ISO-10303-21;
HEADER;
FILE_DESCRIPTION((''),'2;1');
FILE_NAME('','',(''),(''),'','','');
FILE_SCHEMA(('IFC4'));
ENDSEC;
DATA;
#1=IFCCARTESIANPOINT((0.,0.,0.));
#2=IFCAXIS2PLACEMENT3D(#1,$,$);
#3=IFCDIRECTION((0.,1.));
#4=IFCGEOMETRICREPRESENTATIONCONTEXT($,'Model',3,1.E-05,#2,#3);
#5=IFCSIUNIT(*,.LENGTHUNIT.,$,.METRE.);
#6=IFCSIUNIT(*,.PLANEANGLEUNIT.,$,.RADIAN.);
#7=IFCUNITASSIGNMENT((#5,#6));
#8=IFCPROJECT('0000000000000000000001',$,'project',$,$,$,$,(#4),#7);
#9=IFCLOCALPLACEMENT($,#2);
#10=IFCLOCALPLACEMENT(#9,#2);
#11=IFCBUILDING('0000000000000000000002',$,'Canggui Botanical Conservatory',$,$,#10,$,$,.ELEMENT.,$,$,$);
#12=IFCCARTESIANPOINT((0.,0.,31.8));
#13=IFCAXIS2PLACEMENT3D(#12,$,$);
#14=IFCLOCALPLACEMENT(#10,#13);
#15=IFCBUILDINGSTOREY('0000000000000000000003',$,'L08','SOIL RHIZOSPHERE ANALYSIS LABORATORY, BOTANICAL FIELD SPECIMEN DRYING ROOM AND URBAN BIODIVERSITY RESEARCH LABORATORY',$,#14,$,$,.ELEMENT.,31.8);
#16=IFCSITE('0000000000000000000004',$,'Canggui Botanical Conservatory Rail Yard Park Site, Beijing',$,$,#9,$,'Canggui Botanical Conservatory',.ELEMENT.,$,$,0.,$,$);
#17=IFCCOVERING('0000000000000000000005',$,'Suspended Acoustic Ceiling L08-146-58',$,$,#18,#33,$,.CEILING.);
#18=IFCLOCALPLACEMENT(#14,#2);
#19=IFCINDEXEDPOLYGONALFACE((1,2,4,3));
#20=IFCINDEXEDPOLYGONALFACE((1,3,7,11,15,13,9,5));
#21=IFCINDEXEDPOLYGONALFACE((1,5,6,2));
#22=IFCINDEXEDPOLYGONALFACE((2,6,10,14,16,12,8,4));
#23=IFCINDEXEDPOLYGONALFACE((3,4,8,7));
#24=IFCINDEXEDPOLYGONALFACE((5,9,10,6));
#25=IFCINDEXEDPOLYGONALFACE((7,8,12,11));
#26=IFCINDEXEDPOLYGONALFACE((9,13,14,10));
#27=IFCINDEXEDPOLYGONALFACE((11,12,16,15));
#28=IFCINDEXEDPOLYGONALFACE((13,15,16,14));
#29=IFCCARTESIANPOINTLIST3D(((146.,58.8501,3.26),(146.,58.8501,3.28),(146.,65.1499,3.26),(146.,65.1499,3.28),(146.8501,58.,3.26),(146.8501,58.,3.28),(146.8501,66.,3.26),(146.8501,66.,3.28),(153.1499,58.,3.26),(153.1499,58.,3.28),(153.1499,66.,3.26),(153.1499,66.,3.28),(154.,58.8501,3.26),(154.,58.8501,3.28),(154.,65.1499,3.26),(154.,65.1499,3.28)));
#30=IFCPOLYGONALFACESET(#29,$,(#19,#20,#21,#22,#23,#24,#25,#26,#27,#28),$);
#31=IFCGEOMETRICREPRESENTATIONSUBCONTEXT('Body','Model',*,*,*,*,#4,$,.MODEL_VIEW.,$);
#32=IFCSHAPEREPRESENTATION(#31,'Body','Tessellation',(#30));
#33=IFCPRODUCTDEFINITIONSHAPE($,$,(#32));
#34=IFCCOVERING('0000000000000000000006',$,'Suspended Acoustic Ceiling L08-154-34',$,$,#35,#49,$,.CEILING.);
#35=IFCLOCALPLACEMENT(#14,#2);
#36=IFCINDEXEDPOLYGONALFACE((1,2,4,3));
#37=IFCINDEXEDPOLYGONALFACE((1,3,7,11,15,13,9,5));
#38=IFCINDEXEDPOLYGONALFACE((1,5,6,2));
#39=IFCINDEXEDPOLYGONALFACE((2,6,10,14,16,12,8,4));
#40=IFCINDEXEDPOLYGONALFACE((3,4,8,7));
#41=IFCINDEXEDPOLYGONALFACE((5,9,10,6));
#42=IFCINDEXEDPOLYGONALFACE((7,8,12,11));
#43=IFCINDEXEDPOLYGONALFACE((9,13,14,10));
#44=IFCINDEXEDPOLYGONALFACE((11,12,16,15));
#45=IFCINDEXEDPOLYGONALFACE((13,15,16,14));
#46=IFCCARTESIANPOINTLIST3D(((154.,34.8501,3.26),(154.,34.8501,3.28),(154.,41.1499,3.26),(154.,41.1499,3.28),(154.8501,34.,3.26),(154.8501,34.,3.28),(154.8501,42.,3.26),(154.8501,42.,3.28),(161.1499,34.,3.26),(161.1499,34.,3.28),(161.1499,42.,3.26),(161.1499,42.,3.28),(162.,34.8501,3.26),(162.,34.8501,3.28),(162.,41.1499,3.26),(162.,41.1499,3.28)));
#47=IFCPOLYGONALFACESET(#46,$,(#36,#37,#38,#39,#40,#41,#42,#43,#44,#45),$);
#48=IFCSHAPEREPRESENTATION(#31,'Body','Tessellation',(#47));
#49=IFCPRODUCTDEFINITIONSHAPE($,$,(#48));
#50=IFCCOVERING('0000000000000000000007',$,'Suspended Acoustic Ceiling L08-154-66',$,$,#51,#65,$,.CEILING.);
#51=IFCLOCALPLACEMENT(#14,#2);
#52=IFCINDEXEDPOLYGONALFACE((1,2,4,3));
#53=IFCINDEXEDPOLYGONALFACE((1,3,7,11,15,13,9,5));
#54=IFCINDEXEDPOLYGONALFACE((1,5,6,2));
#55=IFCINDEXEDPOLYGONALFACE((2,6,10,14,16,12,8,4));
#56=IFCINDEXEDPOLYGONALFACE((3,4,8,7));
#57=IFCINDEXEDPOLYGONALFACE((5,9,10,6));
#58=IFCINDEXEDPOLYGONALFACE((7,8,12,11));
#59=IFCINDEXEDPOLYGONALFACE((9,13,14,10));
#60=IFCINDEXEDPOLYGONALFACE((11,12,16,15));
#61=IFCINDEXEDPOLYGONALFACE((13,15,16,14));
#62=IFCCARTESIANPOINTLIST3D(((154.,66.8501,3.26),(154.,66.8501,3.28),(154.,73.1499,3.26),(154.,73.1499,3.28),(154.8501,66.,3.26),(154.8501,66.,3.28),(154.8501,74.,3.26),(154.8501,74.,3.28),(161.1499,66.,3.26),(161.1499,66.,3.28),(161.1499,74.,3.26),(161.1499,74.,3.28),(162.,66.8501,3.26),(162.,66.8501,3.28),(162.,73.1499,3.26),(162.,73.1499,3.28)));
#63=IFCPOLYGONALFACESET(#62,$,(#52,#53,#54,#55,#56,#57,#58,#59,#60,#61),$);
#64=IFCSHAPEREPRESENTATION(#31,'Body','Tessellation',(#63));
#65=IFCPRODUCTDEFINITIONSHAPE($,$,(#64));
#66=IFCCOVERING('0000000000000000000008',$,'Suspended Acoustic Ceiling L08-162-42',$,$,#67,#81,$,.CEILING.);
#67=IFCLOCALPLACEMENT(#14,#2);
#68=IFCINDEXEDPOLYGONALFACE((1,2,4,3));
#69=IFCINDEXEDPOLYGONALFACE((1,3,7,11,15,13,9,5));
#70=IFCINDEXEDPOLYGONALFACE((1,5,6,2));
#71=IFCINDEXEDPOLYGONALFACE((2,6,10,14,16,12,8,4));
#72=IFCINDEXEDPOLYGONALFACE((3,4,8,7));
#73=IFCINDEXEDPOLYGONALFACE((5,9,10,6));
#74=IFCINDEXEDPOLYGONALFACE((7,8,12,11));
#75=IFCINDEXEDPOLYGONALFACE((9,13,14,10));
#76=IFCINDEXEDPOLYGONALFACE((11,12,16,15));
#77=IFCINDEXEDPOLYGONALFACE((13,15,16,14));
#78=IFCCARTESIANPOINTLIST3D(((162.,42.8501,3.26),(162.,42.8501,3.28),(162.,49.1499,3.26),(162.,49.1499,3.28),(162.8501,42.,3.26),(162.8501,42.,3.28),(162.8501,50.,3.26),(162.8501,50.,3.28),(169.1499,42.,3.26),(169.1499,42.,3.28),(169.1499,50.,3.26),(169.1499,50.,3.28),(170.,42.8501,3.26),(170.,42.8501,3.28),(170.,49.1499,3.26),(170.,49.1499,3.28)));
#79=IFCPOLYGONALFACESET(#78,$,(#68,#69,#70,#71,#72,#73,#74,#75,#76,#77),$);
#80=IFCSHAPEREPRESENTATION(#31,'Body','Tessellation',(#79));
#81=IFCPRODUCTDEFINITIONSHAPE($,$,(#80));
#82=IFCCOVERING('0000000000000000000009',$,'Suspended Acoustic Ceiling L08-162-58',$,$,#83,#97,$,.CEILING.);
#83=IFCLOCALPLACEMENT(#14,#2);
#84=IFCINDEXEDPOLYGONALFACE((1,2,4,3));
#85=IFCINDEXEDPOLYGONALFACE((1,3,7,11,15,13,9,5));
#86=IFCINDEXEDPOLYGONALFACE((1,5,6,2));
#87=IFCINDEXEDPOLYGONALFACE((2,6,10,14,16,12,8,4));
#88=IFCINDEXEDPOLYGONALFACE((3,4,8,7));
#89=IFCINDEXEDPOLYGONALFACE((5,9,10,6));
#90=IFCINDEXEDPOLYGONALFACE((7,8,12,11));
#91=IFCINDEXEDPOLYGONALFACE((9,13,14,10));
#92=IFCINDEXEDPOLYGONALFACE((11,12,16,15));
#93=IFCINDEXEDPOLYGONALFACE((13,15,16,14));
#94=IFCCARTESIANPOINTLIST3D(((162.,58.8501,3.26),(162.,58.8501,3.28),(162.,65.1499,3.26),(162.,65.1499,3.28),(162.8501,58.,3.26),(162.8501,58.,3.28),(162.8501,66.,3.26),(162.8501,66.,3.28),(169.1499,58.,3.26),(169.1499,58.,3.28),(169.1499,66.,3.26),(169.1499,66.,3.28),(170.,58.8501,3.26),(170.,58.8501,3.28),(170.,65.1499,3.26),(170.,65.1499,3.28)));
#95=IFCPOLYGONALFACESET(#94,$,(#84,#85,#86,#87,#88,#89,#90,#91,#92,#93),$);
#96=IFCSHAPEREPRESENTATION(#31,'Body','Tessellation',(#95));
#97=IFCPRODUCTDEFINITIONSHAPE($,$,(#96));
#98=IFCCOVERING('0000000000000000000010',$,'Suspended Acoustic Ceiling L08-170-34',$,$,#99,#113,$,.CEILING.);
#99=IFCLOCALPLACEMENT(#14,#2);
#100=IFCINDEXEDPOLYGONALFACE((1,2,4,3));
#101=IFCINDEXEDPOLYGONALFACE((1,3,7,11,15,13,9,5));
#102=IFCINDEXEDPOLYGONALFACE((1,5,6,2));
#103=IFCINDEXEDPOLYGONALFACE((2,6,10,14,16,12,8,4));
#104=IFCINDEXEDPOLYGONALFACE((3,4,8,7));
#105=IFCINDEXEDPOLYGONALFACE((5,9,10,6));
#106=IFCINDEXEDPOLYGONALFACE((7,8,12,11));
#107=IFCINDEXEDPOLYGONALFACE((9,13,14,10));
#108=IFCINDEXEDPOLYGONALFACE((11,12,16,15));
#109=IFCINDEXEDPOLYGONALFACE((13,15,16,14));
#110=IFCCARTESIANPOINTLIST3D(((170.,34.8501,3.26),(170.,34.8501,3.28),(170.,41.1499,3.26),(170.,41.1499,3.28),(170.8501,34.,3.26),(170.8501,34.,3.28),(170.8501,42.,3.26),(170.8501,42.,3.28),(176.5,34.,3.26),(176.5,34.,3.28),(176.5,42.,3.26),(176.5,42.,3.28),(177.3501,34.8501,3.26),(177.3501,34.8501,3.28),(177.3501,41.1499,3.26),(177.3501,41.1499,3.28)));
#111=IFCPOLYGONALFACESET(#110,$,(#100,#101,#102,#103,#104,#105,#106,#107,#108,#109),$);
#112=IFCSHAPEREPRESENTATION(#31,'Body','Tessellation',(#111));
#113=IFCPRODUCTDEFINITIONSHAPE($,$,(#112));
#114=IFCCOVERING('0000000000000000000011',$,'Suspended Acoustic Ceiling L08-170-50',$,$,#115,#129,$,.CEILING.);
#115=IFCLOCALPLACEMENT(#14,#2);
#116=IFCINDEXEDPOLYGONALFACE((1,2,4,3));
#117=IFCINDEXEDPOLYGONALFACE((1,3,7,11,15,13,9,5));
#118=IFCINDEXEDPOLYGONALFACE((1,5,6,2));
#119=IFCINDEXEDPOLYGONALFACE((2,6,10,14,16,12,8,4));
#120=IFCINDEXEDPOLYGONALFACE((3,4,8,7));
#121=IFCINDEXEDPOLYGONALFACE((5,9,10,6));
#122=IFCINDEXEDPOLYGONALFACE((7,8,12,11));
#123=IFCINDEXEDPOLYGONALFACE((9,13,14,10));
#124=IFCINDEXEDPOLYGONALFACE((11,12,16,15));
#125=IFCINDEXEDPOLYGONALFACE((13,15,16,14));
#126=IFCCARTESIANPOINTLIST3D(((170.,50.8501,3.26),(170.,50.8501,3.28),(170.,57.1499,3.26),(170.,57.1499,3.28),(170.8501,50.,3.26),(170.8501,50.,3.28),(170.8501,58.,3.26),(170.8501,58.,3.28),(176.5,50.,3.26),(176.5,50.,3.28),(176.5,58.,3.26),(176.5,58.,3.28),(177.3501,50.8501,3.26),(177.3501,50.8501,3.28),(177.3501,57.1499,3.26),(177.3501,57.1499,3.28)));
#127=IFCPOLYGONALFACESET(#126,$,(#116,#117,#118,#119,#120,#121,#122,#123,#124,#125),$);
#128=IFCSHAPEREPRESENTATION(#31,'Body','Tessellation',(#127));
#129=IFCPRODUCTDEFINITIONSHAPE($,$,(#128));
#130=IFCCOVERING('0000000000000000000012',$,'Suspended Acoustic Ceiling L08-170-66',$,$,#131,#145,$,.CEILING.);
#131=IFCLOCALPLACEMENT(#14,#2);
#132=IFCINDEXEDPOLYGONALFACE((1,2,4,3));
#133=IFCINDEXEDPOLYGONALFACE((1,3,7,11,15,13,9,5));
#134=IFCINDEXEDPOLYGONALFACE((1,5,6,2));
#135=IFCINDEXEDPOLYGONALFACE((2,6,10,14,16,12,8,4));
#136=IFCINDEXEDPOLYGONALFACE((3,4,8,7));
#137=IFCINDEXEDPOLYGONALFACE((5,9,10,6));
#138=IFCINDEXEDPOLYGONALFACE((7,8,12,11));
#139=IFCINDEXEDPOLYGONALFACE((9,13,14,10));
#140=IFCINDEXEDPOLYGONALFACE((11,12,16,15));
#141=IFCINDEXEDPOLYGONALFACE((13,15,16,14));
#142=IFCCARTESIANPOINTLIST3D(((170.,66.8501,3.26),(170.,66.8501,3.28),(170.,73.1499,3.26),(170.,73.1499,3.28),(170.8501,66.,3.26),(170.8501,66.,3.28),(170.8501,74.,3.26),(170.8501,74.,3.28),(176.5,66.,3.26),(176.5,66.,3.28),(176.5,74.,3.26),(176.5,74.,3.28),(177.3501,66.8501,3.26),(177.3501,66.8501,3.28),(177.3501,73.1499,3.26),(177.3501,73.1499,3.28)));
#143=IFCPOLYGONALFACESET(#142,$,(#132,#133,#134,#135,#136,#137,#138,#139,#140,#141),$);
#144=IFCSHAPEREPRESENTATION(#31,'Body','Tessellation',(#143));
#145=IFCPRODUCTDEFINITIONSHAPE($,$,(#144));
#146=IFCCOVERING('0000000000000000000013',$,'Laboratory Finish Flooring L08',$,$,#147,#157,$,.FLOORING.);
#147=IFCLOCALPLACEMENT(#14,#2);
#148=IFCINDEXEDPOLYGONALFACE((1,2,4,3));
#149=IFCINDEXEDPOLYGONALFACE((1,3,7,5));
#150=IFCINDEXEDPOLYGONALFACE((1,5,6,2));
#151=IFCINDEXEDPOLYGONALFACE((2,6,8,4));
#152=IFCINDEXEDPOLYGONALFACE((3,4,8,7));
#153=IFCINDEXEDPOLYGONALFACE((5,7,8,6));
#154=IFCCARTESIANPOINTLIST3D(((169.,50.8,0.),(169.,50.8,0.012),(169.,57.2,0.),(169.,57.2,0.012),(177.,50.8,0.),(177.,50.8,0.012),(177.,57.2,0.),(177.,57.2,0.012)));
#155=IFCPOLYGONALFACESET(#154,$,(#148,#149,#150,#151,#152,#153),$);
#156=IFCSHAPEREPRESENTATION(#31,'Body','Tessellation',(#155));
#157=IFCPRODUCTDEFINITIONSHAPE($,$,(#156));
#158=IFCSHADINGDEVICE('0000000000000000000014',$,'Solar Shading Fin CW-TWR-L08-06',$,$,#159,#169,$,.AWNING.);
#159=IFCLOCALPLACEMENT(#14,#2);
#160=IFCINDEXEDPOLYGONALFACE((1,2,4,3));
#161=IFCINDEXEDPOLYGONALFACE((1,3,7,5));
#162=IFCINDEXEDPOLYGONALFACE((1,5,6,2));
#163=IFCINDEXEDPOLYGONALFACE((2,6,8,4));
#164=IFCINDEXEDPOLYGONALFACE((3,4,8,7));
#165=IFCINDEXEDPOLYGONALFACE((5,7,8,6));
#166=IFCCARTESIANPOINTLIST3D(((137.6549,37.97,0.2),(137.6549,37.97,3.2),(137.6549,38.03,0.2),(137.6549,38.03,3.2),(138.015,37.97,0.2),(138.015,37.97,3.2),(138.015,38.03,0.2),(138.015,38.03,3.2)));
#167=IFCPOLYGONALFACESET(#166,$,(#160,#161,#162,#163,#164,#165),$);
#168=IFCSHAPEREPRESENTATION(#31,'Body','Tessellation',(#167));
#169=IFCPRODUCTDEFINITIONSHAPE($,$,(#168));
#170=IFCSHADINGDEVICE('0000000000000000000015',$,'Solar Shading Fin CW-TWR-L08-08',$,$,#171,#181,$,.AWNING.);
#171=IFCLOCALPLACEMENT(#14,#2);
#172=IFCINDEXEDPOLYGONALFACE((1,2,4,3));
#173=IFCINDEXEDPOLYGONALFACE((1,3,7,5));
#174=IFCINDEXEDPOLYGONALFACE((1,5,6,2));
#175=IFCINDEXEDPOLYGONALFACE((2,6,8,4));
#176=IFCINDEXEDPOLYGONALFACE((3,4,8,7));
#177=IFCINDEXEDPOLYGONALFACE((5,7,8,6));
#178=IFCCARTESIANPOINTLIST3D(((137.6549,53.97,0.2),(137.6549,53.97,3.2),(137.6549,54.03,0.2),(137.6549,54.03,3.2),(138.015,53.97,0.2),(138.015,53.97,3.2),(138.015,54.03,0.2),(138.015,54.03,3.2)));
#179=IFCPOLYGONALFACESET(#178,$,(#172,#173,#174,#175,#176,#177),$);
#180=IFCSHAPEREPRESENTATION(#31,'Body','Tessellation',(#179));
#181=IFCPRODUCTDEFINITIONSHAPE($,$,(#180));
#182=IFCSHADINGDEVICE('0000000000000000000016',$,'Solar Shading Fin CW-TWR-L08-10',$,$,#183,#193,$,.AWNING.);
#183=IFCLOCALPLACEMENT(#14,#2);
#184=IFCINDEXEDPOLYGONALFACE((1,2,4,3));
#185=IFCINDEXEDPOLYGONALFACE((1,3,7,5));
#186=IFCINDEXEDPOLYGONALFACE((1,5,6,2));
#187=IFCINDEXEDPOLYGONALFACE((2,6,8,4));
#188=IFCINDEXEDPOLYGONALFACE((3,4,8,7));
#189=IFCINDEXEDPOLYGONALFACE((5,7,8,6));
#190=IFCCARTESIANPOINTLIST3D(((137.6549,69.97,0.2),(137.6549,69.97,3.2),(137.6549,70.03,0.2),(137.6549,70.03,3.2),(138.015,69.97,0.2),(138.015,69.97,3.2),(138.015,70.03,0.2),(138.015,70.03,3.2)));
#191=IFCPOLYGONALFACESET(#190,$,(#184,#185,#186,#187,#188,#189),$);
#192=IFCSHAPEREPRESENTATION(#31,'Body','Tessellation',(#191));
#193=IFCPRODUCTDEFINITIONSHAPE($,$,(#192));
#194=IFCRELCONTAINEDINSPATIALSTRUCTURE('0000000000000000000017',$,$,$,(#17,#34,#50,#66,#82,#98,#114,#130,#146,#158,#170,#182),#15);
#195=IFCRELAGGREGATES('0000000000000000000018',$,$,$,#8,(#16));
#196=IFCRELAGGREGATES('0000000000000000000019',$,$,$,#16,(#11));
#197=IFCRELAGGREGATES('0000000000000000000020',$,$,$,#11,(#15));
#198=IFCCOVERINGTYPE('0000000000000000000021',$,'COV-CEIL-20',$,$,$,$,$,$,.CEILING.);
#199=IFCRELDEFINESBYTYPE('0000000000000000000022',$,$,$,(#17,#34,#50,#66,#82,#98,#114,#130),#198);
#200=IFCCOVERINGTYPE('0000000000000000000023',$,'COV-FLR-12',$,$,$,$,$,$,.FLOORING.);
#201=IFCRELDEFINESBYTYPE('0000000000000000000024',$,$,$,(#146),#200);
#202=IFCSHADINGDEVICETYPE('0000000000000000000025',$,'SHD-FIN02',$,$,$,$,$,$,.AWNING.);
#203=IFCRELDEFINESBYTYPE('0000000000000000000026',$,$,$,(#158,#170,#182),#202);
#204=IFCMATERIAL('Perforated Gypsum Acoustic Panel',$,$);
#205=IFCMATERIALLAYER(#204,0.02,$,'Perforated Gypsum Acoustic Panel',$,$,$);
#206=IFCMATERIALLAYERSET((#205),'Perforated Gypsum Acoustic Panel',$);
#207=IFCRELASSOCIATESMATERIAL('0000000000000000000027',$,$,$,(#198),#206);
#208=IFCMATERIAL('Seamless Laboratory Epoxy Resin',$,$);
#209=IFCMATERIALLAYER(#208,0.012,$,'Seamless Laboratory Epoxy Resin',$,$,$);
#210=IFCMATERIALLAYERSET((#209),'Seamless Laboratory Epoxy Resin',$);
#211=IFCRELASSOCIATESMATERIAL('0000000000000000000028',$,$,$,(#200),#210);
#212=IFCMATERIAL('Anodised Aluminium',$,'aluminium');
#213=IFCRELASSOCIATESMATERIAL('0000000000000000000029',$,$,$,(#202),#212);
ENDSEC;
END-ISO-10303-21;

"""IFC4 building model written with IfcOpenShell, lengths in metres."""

from ifc_helpers import new_model, si_unit, direction, frame, origin, origin_2d, place, context, subcontext, project, spatial, polyline, rectangle, outline, extrude, material, layer, layer_set, type_object, element, save


model = new_model("IFC4")

# Units and contexts
model_context = context("Model", 3, precision=1e-05, world=origin(), true_north=direction((0.0, 1.0)))
body_context = subcontext(model_context, "Body", "Model", "MODEL_VIEW")
ifc_project = project(units=[si_unit("LENGTHUNIT", "METRE"), si_unit("PLANEANGLEUNIT", "RADIAN")], contexts=[model_context])

# Site, building, storey
site_placement = place(None, origin())
site = spatial("IfcSite", under=ifc_project, at=site_placement, Name="Canggui Botanical Conservatory Rail Yard Park Site, Beijing", LongName="Canggui Botanical Conservatory", CompositionType="ELEMENT", RefElevation=0.0)
building_placement = place(site_placement, origin())
building = spatial("IfcBuilding", under=site, at=building_placement, Name="Canggui Botanical Conservatory", CompositionType="ELEMENT")
storey_placement = place(building_placement, frame((0.0, 0.0, 31.8)))
storey = spatial("IfcBuildingStorey", under=building, at=storey_placement, Name="L08", Description="SOIL RHIZOSPHERE ANALYSIS LABORATORY, BOTANICAL FIELD SPECIMEN DRYING ROOM AND URBAN BIODIVERSITY RESEARCH LABORATORY", CompositionType="ELEMENT", Elevation=31.8)

# Coverings
ifc_material_1 = material(Name="Perforated Gypsum Acoustic Panel")
ifc_layer_1 = layer(ifc_material_1, 0.02, Name="Perforated Gypsum Acoustic Panel")
ifc_layer_set_1 = layer_set([ifc_layer_1], Name="Perforated Gypsum Acoustic Panel")
covering_type_1 = type_object("IfcCoveringType", Name="COV-CEIL-20", PredefinedType="CEILING", material=ifc_layer_set_1)
covering_1_placement = place(storey_placement, frame((0.0, 0.0, 3.26)))
element("IfcCovering", 1, at=covering_1_placement, inside=storey, type_object=covering_type_1, Name="Suspended Acoustic Ceiling L08-146-58", PredefinedType="CEILING", context=body_context, shape_type="SweptSolid", body=[
    extrude(outline(polyline([(146.8501, 58.0), (153.1499, 58.0), (154.0, 58.8501), (154.0, 65.1499), (153.1499, 66.0), (146.8501, 66.0), (146.0, 65.1499), (146.0, 58.8501), (146.8501, 58.0)])), origin(), (0.0, 0.0, 1.0), 0.02),
])
covering_2_placement = place(storey_placement, frame((0.0, 0.0, 3.26)))
element("IfcCovering", 2, at=covering_2_placement, inside=storey, type_object=covering_type_1, Name="Suspended Acoustic Ceiling L08-154-34", PredefinedType="CEILING", context=body_context, shape_type="SweptSolid", body=[
    extrude(outline(polyline([(154.8501, 34.0), (161.1499, 34.0), (162.0, 34.8501), (162.0, 41.1499), (161.1499, 42.0), (154.8501, 42.0), (154.0, 41.1499), (154.0, 34.8501), (154.8501, 34.0)])), origin(), (0.0, 0.0, 1.0), 0.02),
])
covering_3_placement = place(storey_placement, frame((0.0, 0.0, 3.26)))
element("IfcCovering", 3, at=covering_3_placement, inside=storey, type_object=covering_type_1, Name="Suspended Acoustic Ceiling L08-154-66", PredefinedType="CEILING", context=body_context, shape_type="SweptSolid", body=[
    extrude(outline(polyline([(154.8501, 66.0), (161.1499, 66.0), (162.0, 66.8501), (162.0, 73.1499), (161.1499, 74.0), (154.8501, 74.0), (154.0, 73.1499), (154.0, 66.8501), (154.8501, 66.0)])), origin(), (0.0, 0.0, 1.0), 0.02),
])
covering_4_placement = place(storey_placement, frame((0.0, 0.0, 3.26)))
element("IfcCovering", 4, at=covering_4_placement, inside=storey, type_object=covering_type_1, Name="Suspended Acoustic Ceiling L08-162-42", PredefinedType="CEILING", context=body_context, shape_type="SweptSolid", body=[
    extrude(outline(polyline([(162.8501, 42.0), (169.1499, 42.0), (170.0, 42.8501), (170.0, 49.1499), (169.1499, 50.0), (162.8501, 50.0), (162.0, 49.1499), (162.0, 42.8501), (162.8501, 42.0)])), origin(), (0.0, 0.0, 1.0), 0.02),
])
covering_5_placement = place(storey_placement, frame((0.0, 0.0, 3.26)))
element("IfcCovering", 5, at=covering_5_placement, inside=storey, type_object=covering_type_1, Name="Suspended Acoustic Ceiling L08-162-58", PredefinedType="CEILING", context=body_context, shape_type="SweptSolid", body=[
    extrude(outline(polyline([(162.8501, 58.0), (169.1499, 58.0), (170.0, 58.8501), (170.0, 65.1499), (169.1499, 66.0), (162.8501, 66.0), (162.0, 65.1499), (162.0, 58.8501), (162.8501, 58.0)])), origin(), (0.0, 0.0, 1.0), 0.02),
])
covering_6_placement = place(storey_placement, frame((0.0, 0.0, 3.26)))
element("IfcCovering", 6, at=covering_6_placement, inside=storey, type_object=covering_type_1, Name="Suspended Acoustic Ceiling L08-170-34", PredefinedType="CEILING", context=body_context, shape_type="SweptSolid", body=[
    extrude(outline(polyline([(170.8501, 34.0), (176.5, 34.0), (177.3501, 34.8501), (177.3501, 41.1499), (176.5, 42.0), (170.8501, 42.0), (170.0, 41.1499), (170.0, 34.8501), (170.8501, 34.0)])), origin(), (0.0, 0.0, 1.0), 0.02),
])
covering_7_placement = place(storey_placement, frame((0.0, 0.0, 3.26)))
element("IfcCovering", 7, at=covering_7_placement, inside=storey, type_object=covering_type_1, Name="Suspended Acoustic Ceiling L08-170-50", PredefinedType="CEILING", context=body_context, shape_type="SweptSolid", body=[
    extrude(outline(polyline([(170.8501, 50.0), (176.5, 50.0), (177.3501, 50.8501), (177.3501, 57.1499), (176.5, 58.0), (170.8501, 58.0), (170.0, 57.1499), (170.0, 50.8501), (170.8501, 50.0)])), origin(), (0.0, 0.0, 1.0), 0.02),
])
covering_8_placement = place(storey_placement, frame((0.0, 0.0, 3.26)))
element("IfcCovering", 8, at=covering_8_placement, inside=storey, type_object=covering_type_1, Name="Suspended Acoustic Ceiling L08-170-66", PredefinedType="CEILING", context=body_context, shape_type="SweptSolid", body=[
    extrude(outline(polyline([(170.8501, 66.0), (176.5, 66.0), (177.3501, 66.8501), (177.3501, 73.1499), (176.5, 74.0), (170.8501, 74.0), (170.0, 73.1499), (170.0, 66.8501), (170.8501, 66.0)])), origin(), (0.0, 0.0, 1.0), 0.02),
])
ifc_material_2 = material(Name="Seamless Laboratory Epoxy Resin")
ifc_layer_2 = layer(ifc_material_2, 0.012, Name="Seamless Laboratory Epoxy Resin")
ifc_layer_set_2 = layer_set([ifc_layer_2], Name="Seamless Laboratory Epoxy Resin")
covering_type_2 = type_object("IfcCoveringType", Name="COV-FLR-12", PredefinedType="FLOORING", material=ifc_layer_set_2)
covering_9_placement = place(storey_placement, origin())
element("IfcCovering", 9, at=covering_9_placement, inside=storey, type_object=covering_type_2, Name="Laboratory Finish Flooring L08", PredefinedType="FLOORING", context=body_context, shape_type="SweptSolid", body=[
    extrude(outline(polyline([(169.0, 50.8), (177.0, 50.8), (177.0, 57.2), (169.0, 57.2), (169.0, 50.8)])), origin(), (0.0, 0.0, 1.0), 0.012),
])

# Shading devices
ifc_material_3 = material(Name="Anodised Aluminium", Category="aluminium")
shading_device_type = type_object("IfcShadingDeviceType", Name="SHD-FIN02", PredefinedType="AWNING", material=ifc_material_3)
for number, where, z_axis, x_axis, name in (
    (10, (137.835, 38.0, 0.2), (0.0, 0.0, 1.0), (0.0, 1.0, 0.0), "Solar Shading Fin CW-TWR-L08-06"),
    (11, (137.835, 54.0, 0.2), (0.0, 0.0, 1.0), (0.0, 1.0, 0.0), "Solar Shading Fin CW-TWR-L08-08"),
    (12, (137.835, 70.0, 0.2), (0.0, 0.0, 1.0), (0.0, 1.0, 0.0), "Solar Shading Fin CW-TWR-L08-10"),
):
    element("IfcShadingDevice", number, at=place(storey_placement, frame(where, z_axis=z_axis, x_axis=x_axis)), inside=storey, type_object=shading_device_type, Name=name, PredefinedType="AWNING", context=body_context, shape_type="SweptSolid", body=[
        extrude(rectangle(XDim=0.0601, YDim=0.3601, at=origin_2d()), origin(), (0.0, 0.0, 1.0), 3.0),
    ])

save(model, "model.ifc")
